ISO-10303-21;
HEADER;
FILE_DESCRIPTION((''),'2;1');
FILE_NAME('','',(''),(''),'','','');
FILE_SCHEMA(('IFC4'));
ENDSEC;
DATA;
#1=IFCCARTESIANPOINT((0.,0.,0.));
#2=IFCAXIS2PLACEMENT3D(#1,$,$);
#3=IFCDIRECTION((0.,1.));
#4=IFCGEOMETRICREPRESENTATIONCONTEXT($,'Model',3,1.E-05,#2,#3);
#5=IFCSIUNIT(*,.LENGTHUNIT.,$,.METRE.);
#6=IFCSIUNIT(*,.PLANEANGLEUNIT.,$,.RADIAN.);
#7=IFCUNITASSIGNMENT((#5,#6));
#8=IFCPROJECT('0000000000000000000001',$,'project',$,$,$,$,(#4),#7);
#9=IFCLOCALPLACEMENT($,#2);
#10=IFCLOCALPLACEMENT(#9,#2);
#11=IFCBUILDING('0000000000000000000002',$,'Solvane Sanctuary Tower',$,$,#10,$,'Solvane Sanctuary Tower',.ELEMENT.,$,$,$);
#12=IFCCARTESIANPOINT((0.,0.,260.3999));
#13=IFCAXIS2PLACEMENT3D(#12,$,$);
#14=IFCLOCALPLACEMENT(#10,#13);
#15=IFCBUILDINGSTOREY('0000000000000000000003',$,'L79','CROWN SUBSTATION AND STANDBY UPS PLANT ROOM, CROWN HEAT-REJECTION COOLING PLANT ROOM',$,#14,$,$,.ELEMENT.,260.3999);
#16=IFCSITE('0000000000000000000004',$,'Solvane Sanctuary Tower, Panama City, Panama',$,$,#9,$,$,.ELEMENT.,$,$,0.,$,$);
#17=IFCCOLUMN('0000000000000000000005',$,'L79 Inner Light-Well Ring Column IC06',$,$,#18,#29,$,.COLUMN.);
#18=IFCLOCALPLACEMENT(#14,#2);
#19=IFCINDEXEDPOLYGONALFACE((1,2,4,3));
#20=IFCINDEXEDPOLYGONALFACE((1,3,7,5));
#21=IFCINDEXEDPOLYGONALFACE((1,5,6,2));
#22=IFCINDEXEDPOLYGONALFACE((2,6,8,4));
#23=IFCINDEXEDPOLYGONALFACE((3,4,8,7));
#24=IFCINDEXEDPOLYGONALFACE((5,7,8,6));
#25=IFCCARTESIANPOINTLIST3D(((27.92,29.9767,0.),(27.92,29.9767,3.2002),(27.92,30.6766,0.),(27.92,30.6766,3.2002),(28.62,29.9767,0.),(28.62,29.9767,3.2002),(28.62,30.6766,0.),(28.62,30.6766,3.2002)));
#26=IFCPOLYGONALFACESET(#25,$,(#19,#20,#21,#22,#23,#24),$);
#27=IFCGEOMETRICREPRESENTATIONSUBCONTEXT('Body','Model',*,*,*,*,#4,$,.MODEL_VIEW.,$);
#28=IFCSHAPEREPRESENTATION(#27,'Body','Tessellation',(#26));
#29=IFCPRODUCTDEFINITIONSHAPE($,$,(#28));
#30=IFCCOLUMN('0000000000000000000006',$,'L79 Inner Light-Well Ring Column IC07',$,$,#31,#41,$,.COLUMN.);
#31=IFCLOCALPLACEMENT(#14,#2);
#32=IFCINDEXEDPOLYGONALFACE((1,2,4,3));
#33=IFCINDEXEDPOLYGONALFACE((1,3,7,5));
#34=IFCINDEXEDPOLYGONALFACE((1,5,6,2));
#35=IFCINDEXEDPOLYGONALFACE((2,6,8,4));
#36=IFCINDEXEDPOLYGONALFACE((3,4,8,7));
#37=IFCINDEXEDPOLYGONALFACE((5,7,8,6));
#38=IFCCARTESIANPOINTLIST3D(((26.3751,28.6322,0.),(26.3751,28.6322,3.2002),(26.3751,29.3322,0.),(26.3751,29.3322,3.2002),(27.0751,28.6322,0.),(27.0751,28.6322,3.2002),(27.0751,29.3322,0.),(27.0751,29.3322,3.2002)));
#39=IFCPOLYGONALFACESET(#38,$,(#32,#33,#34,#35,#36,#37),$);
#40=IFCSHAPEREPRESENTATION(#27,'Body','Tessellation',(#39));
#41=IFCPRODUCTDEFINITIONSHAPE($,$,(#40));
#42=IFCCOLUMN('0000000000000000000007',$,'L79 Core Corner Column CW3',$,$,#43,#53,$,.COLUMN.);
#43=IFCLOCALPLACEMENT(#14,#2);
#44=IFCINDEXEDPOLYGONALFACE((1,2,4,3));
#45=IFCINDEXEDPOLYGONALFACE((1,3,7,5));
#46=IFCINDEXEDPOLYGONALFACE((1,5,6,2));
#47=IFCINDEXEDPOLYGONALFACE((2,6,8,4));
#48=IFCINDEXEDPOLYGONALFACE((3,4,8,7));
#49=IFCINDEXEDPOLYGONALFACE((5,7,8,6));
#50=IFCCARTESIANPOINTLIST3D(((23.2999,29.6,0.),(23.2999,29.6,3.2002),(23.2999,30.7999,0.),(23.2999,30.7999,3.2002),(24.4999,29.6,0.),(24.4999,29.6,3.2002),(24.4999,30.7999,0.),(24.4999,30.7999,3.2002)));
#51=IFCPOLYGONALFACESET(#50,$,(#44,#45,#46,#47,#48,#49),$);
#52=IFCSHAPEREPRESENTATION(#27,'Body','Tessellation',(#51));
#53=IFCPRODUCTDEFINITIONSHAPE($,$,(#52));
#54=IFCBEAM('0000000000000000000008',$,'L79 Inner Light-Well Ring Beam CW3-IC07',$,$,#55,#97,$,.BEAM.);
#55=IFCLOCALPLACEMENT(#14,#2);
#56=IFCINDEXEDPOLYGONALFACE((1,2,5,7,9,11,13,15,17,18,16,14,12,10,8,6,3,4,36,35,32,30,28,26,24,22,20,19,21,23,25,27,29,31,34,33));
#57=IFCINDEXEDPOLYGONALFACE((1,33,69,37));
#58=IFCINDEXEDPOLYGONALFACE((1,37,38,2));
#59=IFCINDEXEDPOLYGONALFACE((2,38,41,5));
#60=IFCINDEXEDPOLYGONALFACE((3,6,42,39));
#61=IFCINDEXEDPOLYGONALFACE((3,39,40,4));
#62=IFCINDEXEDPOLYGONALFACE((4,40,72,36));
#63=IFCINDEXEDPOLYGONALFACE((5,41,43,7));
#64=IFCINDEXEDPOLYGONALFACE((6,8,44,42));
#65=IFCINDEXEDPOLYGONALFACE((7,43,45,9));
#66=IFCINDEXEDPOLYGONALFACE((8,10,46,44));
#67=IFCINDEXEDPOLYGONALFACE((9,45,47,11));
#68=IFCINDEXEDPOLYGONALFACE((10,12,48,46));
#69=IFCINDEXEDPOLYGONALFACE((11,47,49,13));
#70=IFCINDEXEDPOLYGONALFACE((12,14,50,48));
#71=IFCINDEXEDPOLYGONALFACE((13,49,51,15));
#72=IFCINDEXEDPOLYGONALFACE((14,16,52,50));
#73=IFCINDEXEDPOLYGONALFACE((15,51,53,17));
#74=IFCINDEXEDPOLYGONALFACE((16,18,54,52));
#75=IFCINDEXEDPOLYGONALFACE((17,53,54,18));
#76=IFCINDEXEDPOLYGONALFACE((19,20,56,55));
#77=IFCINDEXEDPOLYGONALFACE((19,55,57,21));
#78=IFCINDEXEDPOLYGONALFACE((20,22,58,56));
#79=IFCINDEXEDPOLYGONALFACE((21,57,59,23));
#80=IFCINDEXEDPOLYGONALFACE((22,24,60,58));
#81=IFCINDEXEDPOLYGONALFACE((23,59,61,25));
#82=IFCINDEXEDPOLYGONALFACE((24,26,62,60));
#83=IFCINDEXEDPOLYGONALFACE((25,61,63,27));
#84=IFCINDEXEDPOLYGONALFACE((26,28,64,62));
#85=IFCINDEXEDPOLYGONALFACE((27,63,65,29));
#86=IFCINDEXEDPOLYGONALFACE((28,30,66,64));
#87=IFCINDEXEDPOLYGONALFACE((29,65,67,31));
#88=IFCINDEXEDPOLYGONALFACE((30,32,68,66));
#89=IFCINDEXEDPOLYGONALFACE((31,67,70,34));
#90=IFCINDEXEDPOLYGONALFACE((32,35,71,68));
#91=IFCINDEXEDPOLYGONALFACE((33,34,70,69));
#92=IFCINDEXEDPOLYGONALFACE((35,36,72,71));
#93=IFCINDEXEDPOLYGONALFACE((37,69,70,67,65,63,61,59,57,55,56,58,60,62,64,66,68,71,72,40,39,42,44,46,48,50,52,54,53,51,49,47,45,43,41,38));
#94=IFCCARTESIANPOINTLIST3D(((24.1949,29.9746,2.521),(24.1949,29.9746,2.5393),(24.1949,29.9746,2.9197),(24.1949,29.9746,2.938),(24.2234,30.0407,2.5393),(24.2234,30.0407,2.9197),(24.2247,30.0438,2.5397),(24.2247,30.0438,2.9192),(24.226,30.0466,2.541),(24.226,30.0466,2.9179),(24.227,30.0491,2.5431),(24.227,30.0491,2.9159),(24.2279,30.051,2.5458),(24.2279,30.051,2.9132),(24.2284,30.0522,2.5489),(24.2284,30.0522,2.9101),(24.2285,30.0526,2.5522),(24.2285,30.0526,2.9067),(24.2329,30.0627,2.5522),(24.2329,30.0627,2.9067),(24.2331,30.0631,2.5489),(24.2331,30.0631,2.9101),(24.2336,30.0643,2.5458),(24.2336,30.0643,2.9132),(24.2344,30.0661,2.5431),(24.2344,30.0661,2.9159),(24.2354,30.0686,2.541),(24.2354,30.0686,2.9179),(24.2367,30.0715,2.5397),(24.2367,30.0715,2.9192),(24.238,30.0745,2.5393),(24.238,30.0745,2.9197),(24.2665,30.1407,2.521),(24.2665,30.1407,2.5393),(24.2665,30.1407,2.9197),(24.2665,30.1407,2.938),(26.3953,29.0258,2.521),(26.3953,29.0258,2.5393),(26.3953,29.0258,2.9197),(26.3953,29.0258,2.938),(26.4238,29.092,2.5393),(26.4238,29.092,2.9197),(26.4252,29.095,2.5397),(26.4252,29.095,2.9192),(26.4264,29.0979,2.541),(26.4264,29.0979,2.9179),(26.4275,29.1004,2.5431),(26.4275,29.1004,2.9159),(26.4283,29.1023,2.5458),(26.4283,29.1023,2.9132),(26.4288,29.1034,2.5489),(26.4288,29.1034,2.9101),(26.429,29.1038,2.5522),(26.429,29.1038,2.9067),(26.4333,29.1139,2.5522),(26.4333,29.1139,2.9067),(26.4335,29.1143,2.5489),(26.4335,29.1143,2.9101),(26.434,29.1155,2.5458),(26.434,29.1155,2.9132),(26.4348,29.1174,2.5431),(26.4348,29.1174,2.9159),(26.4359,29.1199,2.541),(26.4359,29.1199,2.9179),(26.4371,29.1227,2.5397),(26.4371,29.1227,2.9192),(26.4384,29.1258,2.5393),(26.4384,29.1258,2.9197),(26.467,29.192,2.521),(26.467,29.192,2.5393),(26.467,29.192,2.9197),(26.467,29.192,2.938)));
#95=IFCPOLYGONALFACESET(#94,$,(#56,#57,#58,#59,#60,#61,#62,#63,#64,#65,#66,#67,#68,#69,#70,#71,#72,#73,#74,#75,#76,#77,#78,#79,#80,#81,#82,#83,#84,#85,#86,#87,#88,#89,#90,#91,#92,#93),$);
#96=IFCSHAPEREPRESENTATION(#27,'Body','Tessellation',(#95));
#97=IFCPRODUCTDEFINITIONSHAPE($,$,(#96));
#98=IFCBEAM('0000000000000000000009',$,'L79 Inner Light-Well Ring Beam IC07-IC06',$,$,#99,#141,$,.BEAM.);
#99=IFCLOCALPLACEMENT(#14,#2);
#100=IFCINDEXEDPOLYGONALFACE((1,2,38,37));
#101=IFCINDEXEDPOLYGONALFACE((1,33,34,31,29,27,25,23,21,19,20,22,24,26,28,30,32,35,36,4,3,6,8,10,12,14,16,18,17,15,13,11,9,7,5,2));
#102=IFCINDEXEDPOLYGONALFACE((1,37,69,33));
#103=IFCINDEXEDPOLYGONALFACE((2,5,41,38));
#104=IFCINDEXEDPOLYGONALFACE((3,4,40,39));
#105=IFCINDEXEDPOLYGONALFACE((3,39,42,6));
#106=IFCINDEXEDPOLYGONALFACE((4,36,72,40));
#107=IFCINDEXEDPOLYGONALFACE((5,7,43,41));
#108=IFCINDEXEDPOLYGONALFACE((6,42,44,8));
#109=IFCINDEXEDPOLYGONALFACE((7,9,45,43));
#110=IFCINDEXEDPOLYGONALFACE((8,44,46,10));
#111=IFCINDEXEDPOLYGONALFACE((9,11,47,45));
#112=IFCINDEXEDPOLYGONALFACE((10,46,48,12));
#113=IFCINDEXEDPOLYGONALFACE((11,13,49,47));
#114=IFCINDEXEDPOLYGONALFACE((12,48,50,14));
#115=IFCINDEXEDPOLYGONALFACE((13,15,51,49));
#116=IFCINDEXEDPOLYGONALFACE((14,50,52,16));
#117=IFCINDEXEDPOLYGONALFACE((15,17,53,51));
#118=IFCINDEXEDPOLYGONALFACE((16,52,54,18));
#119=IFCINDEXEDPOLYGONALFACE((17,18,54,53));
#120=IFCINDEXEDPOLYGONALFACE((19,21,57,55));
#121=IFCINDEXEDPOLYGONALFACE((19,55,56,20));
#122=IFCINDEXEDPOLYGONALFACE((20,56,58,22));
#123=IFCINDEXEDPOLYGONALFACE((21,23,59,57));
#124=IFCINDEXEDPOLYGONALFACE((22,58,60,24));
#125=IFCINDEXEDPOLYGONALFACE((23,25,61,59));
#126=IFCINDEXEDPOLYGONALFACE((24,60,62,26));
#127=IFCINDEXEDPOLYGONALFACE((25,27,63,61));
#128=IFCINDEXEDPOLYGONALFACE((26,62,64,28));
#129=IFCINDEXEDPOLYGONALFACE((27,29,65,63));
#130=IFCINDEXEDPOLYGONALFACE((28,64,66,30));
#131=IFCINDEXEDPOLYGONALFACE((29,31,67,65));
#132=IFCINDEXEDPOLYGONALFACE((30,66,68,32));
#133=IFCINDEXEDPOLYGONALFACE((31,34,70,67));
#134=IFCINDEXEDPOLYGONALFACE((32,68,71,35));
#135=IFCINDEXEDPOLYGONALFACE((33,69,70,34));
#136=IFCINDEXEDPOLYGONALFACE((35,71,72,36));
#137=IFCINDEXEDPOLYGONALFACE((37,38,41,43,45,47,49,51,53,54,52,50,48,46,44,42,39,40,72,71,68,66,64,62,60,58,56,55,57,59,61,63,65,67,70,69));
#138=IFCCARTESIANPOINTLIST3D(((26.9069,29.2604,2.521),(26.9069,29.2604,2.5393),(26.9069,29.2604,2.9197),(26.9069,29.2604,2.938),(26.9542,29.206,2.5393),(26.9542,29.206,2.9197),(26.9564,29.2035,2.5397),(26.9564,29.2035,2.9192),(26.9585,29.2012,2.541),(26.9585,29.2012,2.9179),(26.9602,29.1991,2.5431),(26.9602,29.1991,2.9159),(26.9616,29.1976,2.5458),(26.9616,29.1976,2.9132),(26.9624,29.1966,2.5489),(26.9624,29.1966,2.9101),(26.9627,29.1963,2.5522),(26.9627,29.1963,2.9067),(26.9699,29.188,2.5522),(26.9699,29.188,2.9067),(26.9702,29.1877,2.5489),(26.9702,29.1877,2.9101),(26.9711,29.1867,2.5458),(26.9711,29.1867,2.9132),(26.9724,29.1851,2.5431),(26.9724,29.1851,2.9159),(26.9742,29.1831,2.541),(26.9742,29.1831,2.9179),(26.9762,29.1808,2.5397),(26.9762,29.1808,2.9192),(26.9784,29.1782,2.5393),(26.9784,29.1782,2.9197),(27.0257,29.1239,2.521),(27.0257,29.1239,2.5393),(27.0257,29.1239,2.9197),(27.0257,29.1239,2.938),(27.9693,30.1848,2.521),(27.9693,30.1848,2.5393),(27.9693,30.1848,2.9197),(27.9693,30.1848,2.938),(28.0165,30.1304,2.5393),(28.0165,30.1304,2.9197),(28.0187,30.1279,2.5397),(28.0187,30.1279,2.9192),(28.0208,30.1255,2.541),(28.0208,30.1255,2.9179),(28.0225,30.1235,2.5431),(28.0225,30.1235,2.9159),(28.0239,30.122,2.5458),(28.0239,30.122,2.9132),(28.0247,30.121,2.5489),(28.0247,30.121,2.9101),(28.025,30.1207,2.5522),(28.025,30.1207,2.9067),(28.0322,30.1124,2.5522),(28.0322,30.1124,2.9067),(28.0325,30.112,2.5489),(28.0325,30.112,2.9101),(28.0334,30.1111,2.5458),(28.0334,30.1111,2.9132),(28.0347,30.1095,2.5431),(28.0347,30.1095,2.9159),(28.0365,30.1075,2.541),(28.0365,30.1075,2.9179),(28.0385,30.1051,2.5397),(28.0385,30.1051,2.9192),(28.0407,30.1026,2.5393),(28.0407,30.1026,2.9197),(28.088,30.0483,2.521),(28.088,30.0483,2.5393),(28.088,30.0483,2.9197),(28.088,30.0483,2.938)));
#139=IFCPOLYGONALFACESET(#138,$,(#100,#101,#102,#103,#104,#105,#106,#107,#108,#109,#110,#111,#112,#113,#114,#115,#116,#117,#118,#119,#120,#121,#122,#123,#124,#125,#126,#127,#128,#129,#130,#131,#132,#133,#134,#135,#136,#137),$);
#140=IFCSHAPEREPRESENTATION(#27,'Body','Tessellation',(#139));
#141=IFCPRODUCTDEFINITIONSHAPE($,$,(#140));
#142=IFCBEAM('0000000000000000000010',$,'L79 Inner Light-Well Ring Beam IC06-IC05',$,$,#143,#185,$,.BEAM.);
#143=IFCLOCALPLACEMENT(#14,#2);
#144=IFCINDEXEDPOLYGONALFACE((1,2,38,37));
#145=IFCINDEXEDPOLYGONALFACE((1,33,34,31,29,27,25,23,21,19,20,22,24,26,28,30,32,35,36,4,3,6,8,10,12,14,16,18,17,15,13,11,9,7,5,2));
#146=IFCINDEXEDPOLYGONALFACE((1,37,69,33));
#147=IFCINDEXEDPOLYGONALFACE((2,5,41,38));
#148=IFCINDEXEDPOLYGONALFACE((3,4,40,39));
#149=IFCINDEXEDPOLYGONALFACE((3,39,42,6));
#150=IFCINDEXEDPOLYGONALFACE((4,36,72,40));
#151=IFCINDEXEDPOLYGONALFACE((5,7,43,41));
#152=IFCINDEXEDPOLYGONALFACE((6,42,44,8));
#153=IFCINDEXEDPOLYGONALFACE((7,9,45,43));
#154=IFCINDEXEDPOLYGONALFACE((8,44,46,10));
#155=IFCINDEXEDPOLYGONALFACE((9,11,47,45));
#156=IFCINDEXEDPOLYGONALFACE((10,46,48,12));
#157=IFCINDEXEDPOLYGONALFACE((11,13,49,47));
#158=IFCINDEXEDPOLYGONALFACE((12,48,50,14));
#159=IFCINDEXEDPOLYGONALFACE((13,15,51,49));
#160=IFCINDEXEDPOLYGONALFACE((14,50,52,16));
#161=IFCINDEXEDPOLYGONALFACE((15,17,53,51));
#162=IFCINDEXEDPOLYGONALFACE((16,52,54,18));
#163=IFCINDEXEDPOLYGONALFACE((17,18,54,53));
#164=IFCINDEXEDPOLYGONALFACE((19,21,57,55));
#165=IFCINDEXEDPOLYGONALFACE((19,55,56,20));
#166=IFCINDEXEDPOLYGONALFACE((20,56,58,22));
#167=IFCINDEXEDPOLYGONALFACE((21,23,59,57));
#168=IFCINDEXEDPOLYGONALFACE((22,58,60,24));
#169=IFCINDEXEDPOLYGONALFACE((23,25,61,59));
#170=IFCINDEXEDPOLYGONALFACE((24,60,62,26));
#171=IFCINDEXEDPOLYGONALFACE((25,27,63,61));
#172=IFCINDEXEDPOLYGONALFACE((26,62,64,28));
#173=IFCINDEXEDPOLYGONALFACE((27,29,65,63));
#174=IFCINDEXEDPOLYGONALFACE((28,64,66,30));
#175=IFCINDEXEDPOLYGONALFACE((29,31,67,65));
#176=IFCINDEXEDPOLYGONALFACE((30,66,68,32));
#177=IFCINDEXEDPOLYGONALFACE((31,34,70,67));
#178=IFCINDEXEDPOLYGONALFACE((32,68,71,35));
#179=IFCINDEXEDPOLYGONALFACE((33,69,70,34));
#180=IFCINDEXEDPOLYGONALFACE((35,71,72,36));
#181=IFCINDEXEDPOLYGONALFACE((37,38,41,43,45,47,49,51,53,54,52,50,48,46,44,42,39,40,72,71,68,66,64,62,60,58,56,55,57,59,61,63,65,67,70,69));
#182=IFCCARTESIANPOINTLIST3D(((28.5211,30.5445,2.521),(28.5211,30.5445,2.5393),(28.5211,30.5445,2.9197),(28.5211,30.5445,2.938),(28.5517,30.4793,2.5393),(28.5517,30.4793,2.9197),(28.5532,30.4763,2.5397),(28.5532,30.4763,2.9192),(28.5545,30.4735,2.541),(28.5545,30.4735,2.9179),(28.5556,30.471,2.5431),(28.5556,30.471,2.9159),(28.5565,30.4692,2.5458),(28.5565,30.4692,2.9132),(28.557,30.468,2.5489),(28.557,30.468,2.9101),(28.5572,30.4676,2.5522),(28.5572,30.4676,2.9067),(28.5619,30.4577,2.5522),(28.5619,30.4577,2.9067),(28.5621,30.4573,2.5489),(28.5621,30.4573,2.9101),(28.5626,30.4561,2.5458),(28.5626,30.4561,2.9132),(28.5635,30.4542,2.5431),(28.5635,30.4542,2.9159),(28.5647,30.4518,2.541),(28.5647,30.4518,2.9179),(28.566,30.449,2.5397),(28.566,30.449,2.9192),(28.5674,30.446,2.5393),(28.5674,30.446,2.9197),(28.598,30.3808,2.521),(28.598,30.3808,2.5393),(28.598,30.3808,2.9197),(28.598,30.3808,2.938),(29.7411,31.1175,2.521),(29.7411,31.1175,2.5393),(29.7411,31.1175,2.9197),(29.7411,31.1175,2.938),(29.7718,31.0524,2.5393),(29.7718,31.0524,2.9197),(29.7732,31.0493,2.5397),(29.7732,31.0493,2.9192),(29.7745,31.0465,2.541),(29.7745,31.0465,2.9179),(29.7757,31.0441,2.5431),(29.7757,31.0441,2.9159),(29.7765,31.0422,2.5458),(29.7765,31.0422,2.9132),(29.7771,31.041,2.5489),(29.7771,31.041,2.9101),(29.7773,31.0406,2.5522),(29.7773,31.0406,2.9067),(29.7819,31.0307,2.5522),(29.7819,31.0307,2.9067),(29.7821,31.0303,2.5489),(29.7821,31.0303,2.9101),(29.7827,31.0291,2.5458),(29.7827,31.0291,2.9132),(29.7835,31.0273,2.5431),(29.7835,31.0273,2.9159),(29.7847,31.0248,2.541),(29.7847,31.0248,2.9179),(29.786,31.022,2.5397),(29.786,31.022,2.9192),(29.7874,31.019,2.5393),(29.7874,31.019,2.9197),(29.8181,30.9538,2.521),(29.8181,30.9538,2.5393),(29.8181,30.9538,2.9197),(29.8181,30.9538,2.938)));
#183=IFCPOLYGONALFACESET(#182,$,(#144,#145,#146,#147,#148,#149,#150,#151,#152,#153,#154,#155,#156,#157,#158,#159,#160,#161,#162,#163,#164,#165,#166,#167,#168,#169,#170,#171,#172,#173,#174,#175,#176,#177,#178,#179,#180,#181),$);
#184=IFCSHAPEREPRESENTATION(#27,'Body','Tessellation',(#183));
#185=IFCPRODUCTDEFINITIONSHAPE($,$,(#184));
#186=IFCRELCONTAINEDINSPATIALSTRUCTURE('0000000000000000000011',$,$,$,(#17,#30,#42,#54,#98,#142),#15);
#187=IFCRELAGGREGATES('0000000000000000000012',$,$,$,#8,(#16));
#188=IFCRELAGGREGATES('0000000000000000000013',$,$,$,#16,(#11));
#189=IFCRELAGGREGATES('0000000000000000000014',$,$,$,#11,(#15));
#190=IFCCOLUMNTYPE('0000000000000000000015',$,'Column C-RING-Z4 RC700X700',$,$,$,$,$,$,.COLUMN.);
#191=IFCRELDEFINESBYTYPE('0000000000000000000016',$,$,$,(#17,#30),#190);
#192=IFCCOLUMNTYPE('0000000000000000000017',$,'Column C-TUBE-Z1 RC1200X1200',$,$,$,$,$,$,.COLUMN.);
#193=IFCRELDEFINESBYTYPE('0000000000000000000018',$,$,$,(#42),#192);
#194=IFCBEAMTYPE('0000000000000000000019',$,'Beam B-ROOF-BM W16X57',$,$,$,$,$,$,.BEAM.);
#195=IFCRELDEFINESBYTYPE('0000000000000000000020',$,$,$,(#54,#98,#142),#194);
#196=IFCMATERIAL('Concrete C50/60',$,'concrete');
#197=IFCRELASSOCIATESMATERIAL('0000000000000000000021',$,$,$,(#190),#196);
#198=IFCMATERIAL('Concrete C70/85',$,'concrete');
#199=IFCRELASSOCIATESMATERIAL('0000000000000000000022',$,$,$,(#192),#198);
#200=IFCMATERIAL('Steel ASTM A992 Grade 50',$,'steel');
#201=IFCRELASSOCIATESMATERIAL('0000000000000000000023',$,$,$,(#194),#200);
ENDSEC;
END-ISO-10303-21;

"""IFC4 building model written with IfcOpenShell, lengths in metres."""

from ifc_helpers import new_model, si_unit, direction, frame, origin, origin_2d, place, context, subcontext, project, spatial, rectangle, i_section, extrude, material, material_profile, profile_set, type_object, element, save


model = new_model("IFC4")

# Units and contexts
model_context = context("Model", 3, precision=1e-05, world=origin(), true_north=direction((0.0, 1.0)))
body_context = subcontext(model_context, "Body", "Model", "MODEL_VIEW")
ifc_project = project(units=[si_unit("LENGTHUNIT", "METRE"), si_unit("PLANEANGLEUNIT", "RADIAN")], contexts=[model_context])

# Site, building, storey
site_placement = place(None, origin())
site = spatial("IfcSite", under=ifc_project, at=site_placement, Name="Solvane Sanctuary Tower, Panama City, Panama", CompositionType="ELEMENT", RefElevation=0.0)
building_placement = place(site_placement, origin())
building = spatial("IfcBuilding", under=site, at=building_placement, Name="Solvane Sanctuary Tower", LongName="Solvane Sanctuary Tower", CompositionType="ELEMENT")
storey_placement = place(building_placement, frame((0.0, 0.0, 260.3999)))
storey = spatial("IfcBuildingStorey", under=building, at=storey_placement, Name="L79", Description="CROWN SUBSTATION AND STANDBY UPS PLANT ROOM, CROWN HEAT-REJECTION COOLING PLANT ROOM", CompositionType="ELEMENT", Elevation=260.3999)

# Columns
ifc_material_1 = material(Name="Concrete C50/60", Category="concrete")
ifc_material_profile_1 = material_profile(ifc_material_1, rectangle(XDim=0.7, YDim=0.7, at=origin_2d()), Name="RC700X700")
ifc_profile_set_1 = profile_set([ifc_material_profile_1], Name="Concrete C50/60")
column_type_1 = type_object("IfcColumnType", Name="Column C-RING-Z4 RC700X700", PredefinedType="COLUMN", material=ifc_profile_set_1)
for number, where, z_axis, x_axis, name in (
    (1, (28.27, 30.3267, 0.0), (0.0, 0.0, 1.0), (1.0, 0.0, 0.0), "L79 Inner Light-Well Ring Column IC06"),
    (2, (26.7251, 28.9822, 0.0), (0.0, 0.0, 1.0), (1.0, 0.0, 0.0), "L79 Inner Light-Well Ring Column IC07"),
):
    element("IfcColumn", number, at=place(storey_placement, frame(where, z_axis=z_axis, x_axis=x_axis)), inside=storey, type_object=column_type_1, Name=name, PredefinedType="COLUMN", context=body_context, shape_type="SweptSolid", body=[
        extrude(rectangle(XDim=0.7, YDim=0.7, at=origin_2d()), origin(), (0.0, 0.0, 1.0), 3.2002),
    ])
ifc_material_2 = material(Name="Concrete C70/85", Category="concrete")
ifc_material_profile_2 = material_profile(ifc_material_2, rectangle(XDim=1.2, YDim=1.2, at=origin_2d()), Name="RC1200X1200")
ifc_profile_set_2 = profile_set([ifc_material_profile_2], Name="Concrete C70/85")
column_type_2 = type_object("IfcColumnType", Name="Column C-TUBE-Z1 RC1200X1200", PredefinedType="COLUMN", material=ifc_profile_set_2)
column_placement = place(storey_placement, frame((23.8999, 30.2, 0.0), z_axis=(0.0, 0.0, 1.0), x_axis=(1.0, 0.0, 0.0)))
element("IfcColumn", 3, at=column_placement, inside=storey, type_object=column_type_2, Name="L79 Core Corner Column CW3", PredefinedType="COLUMN", context=body_context, shape_type="SweptSolid", body=[
    extrude(rectangle(XDim=1.2, YDim=1.2, at=origin_2d()), origin(), (0.0, 0.0, 1.0), 3.2002),
])

# Beams
ifc_material_3 = material(Name="Steel ASTM A992 Grade 50", Category="steel")
ifc_material_profile_3 = material_profile(ifc_material_3, i_section(OverallWidth=0.1809, OverallDepth=0.417, WebThickness=0.011, FlangeThickness=0.0183, FilletRadius=0.0129, at=origin_2d()), Name="W16X57")
ifc_profile_set_3 = profile_set([ifc_material_profile_3], Name="Steel ASTM A992 Grade 50")
beam_type_1 = type_object("IfcBeamType", Name="Beam B-ROOF-BM W16X57", PredefinedType="BEAM", material=ifc_profile_set_3)
beam_1_placement = place(storey_placement, frame((24.2307, 30.0576, 2.7295), z_axis=(0.918284, -0.395923, 0.0), x_axis=(0.395923, 0.918284, 0.0)))
element("IfcBeam", 4, at=beam_1_placement, inside=storey, type_object=beam_type_1, Name="L79 Inner Light-Well Ring Beam CW3-IC07", PredefinedType="BEAM", context=body_context, shape_type="SweptSolid", body=[
    extrude(i_section(OverallWidth=0.1809, OverallDepth=0.417, WebThickness=0.011, FlangeThickness=0.0183, FilletRadius=0.0129, at=origin_2d()), origin(), (0.0, 0.0, 1.0), 2.3962),
])
beam_2_placement = place(storey_placement, frame((26.9663, 29.1921, 2.7295), z_axis=(0.754389, 0.656428, 0.0), x_axis=(-0.656428, 0.754389, 0.0)))
element("IfcBeam", 5, at=beam_2_placement, inside=storey, type_object=beam_type_1, Name="L79 Inner Light-Well Ring Beam IC07-IC06", PredefinedType="BEAM", context=body_context, shape_type="SweptSolid", body=[
    extrude(i_section(OverallWidth=0.1809, OverallDepth=0.417, WebThickness=0.011, FlangeThickness=0.0183, FilletRadius=0.0129, at=origin_2d()), origin(), (0.0, 0.0, 1.0), 1.4082),
])
beam_3_placement = place(storey_placement, frame((28.5596, 30.4626, 2.7295), z_axis=(0.905135, 0.425125, 0.0), x_axis=(-0.425125, 0.905135, 0.0)))
element("IfcBeam", 6, at=beam_3_placement, inside=storey, type_object=beam_type_1, Name="L79 Inner Light-Well Ring Beam IC06-IC05", PredefinedType="BEAM", context=body_context, shape_type="SweptSolid", body=[
    extrude(i_section(OverallWidth=0.1809, OverallDepth=0.417, WebThickness=0.011, FlangeThickness=0.0183, FilletRadius=0.0129, at=origin_2d()), origin(), (0.0, 0.0, 1.0), 1.3479),
])

save(model, "model.ifc")
